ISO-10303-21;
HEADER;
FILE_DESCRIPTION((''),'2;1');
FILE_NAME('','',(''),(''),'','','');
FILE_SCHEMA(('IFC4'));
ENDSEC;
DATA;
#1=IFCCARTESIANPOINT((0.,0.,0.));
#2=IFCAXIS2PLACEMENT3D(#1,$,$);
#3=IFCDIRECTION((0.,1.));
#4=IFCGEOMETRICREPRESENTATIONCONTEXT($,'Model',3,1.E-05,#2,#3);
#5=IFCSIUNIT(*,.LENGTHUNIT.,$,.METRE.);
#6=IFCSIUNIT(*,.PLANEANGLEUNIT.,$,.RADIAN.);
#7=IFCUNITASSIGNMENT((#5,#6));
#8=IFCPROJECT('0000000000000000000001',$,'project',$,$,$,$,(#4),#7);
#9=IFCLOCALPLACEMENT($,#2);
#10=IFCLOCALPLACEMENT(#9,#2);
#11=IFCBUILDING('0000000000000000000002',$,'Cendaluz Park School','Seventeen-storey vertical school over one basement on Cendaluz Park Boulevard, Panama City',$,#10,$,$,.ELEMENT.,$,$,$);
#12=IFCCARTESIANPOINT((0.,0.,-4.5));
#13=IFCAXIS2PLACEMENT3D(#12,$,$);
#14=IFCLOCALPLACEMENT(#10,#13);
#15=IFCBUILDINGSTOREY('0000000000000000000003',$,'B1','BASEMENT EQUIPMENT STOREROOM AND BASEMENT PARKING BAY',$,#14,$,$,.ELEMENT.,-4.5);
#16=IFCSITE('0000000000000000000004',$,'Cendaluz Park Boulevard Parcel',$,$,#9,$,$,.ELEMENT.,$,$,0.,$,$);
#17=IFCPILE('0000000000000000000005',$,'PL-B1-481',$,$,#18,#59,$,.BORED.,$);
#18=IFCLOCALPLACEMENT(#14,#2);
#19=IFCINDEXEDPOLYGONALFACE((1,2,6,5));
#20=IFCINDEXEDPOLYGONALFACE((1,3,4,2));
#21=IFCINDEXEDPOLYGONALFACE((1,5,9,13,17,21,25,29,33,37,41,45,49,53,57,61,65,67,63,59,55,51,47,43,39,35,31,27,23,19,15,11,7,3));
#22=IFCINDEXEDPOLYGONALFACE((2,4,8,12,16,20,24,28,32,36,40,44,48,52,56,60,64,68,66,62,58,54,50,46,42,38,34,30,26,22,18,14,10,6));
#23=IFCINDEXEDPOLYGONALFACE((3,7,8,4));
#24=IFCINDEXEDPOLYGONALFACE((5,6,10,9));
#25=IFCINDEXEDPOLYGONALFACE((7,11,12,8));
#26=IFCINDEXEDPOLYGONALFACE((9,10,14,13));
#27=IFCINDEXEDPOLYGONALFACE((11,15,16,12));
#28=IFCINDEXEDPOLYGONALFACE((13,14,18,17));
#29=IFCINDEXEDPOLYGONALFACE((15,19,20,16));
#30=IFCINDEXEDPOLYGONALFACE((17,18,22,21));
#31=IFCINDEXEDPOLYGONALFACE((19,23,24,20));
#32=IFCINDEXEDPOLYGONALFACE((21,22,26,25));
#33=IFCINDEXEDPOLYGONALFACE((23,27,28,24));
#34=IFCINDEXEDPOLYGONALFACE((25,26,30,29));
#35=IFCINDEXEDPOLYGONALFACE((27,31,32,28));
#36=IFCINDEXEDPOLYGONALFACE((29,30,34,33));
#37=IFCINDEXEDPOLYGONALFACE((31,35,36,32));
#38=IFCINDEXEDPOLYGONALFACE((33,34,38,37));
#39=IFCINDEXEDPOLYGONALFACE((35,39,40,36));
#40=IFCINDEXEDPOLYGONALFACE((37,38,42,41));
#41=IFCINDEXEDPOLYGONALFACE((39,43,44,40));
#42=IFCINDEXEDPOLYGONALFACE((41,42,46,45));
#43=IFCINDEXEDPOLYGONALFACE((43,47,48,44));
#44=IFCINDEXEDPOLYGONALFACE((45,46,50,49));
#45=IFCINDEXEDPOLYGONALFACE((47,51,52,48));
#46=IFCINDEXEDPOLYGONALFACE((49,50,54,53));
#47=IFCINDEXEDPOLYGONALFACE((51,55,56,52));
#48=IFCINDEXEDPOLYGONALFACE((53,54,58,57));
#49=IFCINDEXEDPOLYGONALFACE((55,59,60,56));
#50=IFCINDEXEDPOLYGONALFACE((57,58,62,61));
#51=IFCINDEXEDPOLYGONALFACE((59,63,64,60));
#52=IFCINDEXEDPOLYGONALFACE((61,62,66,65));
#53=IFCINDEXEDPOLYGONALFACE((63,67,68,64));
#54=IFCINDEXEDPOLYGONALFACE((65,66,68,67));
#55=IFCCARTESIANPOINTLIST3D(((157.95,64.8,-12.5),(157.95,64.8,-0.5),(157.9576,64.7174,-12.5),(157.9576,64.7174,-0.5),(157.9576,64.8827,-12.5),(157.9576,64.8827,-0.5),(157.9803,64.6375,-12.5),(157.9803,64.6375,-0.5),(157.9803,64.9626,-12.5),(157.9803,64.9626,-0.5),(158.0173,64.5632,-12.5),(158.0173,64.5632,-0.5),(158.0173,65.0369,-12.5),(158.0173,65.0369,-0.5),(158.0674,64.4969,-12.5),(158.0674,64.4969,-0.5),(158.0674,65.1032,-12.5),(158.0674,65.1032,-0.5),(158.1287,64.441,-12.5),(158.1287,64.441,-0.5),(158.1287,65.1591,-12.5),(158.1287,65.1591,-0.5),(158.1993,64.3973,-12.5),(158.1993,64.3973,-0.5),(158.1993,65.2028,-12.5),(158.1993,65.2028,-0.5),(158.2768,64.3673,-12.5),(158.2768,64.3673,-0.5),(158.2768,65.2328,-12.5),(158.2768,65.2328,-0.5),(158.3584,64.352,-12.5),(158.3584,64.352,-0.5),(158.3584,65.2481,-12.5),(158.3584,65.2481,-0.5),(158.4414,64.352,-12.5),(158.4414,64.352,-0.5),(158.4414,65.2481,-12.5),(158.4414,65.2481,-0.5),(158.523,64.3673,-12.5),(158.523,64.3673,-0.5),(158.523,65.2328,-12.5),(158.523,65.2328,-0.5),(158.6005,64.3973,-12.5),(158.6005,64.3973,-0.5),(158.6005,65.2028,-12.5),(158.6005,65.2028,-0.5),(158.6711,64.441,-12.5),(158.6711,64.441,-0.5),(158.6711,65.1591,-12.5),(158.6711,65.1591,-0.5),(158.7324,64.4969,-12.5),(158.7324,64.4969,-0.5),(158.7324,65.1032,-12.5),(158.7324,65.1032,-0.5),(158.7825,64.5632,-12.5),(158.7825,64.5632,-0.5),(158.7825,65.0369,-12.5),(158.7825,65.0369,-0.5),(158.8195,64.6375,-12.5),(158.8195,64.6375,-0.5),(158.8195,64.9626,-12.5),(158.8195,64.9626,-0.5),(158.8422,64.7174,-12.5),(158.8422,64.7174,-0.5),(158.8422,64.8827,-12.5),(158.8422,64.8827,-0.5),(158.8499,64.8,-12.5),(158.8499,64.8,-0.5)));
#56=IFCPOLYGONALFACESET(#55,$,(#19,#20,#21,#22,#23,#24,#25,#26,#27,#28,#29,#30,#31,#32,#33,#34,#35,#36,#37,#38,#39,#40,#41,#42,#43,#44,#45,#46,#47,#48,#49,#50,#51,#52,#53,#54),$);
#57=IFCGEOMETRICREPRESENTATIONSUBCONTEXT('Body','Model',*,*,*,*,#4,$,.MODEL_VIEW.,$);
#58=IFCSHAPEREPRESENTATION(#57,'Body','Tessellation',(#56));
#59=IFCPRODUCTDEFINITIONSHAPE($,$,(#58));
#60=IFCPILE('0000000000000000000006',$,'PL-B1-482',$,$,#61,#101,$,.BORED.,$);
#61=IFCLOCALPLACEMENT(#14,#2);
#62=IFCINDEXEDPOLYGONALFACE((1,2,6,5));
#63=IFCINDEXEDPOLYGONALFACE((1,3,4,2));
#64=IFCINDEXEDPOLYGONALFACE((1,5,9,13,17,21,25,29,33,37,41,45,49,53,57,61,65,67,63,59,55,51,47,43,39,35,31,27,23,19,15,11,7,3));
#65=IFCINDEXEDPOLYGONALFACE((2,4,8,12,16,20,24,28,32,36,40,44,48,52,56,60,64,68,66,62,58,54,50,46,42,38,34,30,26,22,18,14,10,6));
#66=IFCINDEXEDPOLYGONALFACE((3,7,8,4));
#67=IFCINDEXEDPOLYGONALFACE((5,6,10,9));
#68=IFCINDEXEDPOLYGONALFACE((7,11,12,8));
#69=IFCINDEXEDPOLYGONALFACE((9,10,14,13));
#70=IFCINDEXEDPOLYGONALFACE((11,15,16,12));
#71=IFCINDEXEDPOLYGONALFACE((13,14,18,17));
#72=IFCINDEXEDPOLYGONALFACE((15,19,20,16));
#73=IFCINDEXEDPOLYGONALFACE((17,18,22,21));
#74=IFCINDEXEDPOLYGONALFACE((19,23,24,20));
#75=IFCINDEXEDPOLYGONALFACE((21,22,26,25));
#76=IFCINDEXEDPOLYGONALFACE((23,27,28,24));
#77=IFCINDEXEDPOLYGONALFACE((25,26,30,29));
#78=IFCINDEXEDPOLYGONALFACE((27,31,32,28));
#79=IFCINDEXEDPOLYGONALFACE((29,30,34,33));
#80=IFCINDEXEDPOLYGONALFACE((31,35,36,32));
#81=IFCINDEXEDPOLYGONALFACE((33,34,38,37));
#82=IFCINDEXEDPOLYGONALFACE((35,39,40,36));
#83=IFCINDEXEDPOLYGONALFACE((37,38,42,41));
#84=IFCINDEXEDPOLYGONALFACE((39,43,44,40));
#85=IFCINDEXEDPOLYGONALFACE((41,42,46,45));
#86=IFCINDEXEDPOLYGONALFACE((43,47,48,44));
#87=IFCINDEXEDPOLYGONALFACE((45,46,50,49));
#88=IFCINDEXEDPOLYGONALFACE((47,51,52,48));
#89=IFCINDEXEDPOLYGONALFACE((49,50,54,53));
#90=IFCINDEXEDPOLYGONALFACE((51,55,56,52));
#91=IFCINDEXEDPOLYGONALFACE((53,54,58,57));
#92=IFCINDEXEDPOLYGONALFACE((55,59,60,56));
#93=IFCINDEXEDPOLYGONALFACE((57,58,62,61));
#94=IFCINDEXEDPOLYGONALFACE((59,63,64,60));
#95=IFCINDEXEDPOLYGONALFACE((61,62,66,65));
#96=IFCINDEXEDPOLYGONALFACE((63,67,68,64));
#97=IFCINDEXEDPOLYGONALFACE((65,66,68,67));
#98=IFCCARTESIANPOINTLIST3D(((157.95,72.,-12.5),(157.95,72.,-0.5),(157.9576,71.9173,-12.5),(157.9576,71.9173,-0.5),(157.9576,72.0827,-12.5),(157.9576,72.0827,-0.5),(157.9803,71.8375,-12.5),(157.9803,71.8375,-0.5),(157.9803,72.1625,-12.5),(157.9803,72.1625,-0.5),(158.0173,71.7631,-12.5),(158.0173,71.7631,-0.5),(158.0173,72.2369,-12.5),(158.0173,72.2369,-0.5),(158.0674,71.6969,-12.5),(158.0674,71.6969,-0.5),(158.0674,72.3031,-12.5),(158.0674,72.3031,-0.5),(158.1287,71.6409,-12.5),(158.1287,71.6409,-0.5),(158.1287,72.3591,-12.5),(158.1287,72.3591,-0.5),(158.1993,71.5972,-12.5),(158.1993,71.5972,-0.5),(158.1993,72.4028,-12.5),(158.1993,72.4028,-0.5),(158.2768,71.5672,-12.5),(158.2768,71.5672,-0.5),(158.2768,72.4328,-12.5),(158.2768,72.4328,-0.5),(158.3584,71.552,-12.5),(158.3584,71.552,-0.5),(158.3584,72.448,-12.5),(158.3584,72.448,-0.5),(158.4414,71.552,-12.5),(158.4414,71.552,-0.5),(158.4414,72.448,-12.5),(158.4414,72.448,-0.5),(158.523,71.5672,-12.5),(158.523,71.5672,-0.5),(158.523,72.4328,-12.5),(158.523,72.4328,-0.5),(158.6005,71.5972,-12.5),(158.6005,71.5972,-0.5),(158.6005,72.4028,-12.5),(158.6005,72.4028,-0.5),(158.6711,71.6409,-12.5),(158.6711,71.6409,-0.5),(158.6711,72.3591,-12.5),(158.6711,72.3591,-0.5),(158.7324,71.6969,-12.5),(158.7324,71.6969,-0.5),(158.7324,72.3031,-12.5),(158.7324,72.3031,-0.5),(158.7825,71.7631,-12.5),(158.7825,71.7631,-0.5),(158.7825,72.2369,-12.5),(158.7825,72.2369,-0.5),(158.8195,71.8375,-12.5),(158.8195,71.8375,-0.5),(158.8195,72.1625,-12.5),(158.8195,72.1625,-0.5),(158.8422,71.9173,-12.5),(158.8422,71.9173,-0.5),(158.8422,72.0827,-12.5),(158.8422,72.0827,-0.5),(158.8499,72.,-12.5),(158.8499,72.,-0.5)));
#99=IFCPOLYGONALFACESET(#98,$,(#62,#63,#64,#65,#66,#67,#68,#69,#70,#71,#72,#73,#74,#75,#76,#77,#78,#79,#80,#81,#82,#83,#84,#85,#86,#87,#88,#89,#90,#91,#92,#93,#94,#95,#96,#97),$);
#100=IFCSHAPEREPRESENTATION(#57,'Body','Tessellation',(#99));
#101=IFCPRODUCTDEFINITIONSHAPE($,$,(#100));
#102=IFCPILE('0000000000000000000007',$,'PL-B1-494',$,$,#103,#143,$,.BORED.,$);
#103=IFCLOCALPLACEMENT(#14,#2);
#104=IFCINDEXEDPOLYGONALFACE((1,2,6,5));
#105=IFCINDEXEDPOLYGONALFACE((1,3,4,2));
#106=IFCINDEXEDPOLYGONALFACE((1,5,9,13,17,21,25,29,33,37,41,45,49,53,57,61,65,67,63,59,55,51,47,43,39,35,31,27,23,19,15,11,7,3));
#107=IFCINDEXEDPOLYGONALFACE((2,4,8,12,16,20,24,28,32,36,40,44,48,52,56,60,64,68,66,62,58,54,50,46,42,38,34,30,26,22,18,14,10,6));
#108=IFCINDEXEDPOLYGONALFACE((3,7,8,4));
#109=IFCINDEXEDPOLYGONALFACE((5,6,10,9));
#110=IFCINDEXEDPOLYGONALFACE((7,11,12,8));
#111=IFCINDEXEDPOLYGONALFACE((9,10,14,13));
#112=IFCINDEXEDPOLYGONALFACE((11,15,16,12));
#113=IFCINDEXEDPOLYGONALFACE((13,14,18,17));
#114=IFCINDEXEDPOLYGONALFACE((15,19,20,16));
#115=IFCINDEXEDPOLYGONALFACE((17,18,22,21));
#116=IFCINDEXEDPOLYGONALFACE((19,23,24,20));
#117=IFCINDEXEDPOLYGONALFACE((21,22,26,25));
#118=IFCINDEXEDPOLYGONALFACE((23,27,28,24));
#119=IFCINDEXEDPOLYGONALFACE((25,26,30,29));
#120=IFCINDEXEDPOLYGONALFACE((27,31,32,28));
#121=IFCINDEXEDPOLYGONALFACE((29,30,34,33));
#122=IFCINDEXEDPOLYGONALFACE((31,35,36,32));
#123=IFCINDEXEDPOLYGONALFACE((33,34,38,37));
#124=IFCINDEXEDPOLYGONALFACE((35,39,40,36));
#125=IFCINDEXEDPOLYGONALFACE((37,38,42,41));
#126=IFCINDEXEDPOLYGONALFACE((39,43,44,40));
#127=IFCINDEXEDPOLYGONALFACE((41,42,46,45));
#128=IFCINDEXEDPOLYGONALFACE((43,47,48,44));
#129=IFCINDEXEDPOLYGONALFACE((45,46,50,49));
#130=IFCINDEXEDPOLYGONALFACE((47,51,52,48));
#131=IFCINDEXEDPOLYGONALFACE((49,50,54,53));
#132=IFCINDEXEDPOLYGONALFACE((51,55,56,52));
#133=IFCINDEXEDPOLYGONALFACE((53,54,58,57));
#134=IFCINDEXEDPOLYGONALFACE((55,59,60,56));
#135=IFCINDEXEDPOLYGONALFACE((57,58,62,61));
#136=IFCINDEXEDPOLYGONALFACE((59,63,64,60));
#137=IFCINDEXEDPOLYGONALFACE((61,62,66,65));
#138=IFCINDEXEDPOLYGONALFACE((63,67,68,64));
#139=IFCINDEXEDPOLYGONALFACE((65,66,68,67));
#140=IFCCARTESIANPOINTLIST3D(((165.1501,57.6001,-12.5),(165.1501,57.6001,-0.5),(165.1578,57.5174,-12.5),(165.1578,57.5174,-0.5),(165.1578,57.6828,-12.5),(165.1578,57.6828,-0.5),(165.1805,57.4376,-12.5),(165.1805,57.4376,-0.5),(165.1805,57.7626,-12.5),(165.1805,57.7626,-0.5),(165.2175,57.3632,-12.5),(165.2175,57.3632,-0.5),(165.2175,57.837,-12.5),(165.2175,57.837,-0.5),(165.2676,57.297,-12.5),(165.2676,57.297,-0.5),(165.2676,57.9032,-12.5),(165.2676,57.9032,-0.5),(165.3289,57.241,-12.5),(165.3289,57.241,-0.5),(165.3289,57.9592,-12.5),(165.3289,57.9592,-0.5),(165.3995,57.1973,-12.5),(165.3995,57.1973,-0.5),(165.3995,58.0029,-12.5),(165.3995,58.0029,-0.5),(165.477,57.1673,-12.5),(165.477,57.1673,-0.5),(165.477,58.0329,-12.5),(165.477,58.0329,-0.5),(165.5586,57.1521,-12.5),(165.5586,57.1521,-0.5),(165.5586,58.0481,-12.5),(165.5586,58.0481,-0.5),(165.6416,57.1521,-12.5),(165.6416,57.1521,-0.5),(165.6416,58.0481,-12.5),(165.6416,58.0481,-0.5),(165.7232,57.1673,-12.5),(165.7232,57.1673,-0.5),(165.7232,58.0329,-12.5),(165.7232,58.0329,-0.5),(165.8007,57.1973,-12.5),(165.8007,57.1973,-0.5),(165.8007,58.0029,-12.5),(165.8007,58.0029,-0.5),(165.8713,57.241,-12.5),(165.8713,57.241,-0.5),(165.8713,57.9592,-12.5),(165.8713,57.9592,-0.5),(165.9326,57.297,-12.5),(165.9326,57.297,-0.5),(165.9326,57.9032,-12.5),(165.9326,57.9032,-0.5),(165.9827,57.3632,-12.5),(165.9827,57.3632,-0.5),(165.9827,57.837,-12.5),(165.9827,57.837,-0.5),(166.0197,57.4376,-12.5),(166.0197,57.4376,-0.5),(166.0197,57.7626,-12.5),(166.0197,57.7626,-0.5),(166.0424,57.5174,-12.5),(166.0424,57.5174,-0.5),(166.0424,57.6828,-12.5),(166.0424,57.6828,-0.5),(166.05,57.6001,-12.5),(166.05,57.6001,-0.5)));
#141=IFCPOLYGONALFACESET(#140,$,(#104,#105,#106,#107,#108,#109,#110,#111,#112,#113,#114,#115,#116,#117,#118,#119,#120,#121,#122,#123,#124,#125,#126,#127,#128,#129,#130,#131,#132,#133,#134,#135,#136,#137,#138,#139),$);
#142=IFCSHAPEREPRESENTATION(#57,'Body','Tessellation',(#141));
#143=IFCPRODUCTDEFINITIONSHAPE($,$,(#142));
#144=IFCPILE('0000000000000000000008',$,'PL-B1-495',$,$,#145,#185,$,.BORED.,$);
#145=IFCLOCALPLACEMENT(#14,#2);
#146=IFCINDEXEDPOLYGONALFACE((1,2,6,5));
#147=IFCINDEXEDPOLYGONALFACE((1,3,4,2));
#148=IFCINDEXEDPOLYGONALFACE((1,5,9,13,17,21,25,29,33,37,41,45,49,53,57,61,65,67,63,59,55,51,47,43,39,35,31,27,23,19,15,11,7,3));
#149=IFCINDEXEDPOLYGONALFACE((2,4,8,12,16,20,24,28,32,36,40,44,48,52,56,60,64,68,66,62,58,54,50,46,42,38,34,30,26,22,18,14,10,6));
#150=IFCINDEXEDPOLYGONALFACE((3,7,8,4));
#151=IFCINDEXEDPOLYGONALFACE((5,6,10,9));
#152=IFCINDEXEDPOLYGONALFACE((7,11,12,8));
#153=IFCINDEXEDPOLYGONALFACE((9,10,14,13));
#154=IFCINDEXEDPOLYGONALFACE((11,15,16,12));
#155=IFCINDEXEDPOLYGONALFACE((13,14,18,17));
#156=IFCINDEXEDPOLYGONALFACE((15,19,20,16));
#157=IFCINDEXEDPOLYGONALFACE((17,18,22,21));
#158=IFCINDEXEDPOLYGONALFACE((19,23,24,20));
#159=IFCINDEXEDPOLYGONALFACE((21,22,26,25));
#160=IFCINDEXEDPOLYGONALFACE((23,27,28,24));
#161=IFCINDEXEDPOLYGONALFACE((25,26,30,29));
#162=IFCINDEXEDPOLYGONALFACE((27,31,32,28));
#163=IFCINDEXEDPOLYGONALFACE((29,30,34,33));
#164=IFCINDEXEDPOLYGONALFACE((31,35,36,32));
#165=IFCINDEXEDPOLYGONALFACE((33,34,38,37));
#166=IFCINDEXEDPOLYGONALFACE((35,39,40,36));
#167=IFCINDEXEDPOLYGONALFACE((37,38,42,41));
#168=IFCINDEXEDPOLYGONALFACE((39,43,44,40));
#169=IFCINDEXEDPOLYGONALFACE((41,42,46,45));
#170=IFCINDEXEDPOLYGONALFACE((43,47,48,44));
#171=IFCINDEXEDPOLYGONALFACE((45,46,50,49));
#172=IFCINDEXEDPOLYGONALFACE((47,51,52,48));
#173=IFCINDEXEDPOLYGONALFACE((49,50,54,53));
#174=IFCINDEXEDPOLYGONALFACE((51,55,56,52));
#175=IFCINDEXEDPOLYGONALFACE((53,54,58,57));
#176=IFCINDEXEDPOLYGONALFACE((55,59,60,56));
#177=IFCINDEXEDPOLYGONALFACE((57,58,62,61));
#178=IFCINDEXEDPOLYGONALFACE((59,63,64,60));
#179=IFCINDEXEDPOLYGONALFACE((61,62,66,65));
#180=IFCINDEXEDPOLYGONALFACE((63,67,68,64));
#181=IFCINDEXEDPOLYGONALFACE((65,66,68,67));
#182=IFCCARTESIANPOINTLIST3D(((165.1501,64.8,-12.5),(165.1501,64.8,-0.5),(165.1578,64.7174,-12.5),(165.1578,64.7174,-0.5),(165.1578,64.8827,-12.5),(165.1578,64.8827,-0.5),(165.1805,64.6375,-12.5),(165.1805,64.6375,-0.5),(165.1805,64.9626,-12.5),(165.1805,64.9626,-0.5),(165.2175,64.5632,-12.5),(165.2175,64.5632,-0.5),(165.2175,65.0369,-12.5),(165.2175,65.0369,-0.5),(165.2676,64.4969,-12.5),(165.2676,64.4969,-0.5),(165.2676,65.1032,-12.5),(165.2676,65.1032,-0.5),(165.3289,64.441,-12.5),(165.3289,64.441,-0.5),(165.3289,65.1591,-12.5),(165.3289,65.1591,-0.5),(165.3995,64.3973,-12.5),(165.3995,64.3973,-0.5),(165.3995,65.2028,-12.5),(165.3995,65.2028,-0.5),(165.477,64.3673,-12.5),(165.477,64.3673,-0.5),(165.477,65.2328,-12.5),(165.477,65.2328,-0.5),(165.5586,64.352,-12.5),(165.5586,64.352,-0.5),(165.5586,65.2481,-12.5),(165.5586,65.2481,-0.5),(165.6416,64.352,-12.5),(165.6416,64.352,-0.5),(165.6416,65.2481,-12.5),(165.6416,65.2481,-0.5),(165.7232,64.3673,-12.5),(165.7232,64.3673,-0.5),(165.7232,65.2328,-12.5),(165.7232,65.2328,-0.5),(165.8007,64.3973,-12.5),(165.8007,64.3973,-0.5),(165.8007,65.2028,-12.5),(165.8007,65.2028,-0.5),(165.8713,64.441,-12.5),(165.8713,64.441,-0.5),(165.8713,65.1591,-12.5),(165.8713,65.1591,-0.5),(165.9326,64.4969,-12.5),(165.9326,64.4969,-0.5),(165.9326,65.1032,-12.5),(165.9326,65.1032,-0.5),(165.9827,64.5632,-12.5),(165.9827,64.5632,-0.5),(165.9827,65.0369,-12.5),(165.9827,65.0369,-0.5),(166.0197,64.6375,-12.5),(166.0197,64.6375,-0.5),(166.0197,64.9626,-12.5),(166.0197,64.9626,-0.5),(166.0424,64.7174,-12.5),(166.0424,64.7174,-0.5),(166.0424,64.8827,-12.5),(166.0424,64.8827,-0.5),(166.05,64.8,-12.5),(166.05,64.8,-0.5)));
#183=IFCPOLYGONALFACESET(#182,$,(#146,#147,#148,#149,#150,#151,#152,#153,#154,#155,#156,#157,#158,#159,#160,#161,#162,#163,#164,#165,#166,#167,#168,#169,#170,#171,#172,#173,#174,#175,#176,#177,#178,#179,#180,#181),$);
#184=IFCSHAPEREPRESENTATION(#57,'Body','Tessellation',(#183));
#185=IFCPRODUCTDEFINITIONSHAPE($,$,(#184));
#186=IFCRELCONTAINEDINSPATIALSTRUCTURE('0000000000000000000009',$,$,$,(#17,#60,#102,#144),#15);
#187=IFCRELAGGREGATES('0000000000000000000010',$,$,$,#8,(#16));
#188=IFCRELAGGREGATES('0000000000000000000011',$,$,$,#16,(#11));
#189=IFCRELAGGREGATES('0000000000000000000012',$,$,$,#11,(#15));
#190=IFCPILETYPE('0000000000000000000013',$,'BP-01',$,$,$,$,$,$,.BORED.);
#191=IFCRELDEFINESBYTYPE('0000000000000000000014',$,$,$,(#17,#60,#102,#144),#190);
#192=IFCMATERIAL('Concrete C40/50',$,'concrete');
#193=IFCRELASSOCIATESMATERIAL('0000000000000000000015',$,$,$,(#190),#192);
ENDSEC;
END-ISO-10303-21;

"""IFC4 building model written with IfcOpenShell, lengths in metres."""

from ifc_helpers import new_model, si_unit, direction, frame, origin, origin_2d, place, context, subcontext, project, spatial, circle, extrude, material, material_profile, profile_set, type_object, element, save


model = new_model("IFC4")

# Units and contexts
model_context = context("Model", 3, precision=1e-05, world=origin(), true_north=direction((0.0, 1.0)))
body_context = subcontext(model_context, "Body", "Model", "MODEL_VIEW")
ifc_project = project(units=[si_unit("LENGTHUNIT", "METRE"), si_unit("PLANEANGLEUNIT", "RADIAN")], contexts=[model_context])

# Site, building, storey
site_placement = place(None, origin())
site = spatial("IfcSite", under=ifc_project, at=site_placement, Name="Cendaluz Park Boulevard Parcel", CompositionType="ELEMENT", RefElevation=0.0)
building_placement = place(site_placement, origin())
building = spatial("IfcBuilding", under=site, at=building_placement, Name="Cendaluz Park School", Description="Seventeen-storey vertical school over one basement on Cendaluz Park Boulevard, Panama City", CompositionType="ELEMENT")
storey_placement = place(building_placement, frame((0.0, 0.0, -4.5)))
storey = spatial("IfcBuildingStorey", under=building, at=storey_placement, Name="B1", Description="BASEMENT EQUIPMENT STOREROOM AND BASEMENT PARKING BAY", CompositionType="ELEMENT", Elevation=-4.5)

# Piles
ifc_material_1 = material(Name="Concrete C40/50", Category="concrete")
ifc_material_profile_1 = material_profile(ifc_material_1, circle(Radius=0.45, at=origin_2d()), Name="BP D900", Category="concrete")
ifc_profile_set_1 = profile_set([ifc_material_profile_1], Name="Concrete C40/50")
pile_type_1 = type_object("IfcPileType", Name="BP-01", PredefinedType="BORED", material=ifc_profile_set_1)
for number, where, z_axis, x_axis, name in (
    (1, (158.3999, 64.8, -0.5), (0.0, 0.0, -1.0), (1.0, 0.0, 0.0), "PL-B1-481"),
    (2, (158.3999, 72.0, -0.5), (0.0, 0.0, -1.0), (1.0, 0.0, 0.0), "PL-B1-482"),
    (3, (165.6001, 57.6001, -0.5), (0.0, 0.0, -1.0), (1.0, 0.0, 0.0), "PL-B1-494"),
    (4, (165.6001, 64.8, -0.5), (0.0, 0.0, -1.0), (1.0, 0.0, 0.0), "PL-B1-495"),
):
    element("IfcPile", number, at=place(storey_placement, frame(where, z_axis=z_axis, x_axis=x_axis)), inside=storey, type_object=pile_type_1, Name=name, PredefinedType="BORED", context=body_context, shape_type="SweptSolid", body=[
        extrude(circle(Radius=0.45, at=origin_2d()), origin(), (0.0, 0.0, 1.0), 12.0),
    ])

save(model, "model.ifc")
